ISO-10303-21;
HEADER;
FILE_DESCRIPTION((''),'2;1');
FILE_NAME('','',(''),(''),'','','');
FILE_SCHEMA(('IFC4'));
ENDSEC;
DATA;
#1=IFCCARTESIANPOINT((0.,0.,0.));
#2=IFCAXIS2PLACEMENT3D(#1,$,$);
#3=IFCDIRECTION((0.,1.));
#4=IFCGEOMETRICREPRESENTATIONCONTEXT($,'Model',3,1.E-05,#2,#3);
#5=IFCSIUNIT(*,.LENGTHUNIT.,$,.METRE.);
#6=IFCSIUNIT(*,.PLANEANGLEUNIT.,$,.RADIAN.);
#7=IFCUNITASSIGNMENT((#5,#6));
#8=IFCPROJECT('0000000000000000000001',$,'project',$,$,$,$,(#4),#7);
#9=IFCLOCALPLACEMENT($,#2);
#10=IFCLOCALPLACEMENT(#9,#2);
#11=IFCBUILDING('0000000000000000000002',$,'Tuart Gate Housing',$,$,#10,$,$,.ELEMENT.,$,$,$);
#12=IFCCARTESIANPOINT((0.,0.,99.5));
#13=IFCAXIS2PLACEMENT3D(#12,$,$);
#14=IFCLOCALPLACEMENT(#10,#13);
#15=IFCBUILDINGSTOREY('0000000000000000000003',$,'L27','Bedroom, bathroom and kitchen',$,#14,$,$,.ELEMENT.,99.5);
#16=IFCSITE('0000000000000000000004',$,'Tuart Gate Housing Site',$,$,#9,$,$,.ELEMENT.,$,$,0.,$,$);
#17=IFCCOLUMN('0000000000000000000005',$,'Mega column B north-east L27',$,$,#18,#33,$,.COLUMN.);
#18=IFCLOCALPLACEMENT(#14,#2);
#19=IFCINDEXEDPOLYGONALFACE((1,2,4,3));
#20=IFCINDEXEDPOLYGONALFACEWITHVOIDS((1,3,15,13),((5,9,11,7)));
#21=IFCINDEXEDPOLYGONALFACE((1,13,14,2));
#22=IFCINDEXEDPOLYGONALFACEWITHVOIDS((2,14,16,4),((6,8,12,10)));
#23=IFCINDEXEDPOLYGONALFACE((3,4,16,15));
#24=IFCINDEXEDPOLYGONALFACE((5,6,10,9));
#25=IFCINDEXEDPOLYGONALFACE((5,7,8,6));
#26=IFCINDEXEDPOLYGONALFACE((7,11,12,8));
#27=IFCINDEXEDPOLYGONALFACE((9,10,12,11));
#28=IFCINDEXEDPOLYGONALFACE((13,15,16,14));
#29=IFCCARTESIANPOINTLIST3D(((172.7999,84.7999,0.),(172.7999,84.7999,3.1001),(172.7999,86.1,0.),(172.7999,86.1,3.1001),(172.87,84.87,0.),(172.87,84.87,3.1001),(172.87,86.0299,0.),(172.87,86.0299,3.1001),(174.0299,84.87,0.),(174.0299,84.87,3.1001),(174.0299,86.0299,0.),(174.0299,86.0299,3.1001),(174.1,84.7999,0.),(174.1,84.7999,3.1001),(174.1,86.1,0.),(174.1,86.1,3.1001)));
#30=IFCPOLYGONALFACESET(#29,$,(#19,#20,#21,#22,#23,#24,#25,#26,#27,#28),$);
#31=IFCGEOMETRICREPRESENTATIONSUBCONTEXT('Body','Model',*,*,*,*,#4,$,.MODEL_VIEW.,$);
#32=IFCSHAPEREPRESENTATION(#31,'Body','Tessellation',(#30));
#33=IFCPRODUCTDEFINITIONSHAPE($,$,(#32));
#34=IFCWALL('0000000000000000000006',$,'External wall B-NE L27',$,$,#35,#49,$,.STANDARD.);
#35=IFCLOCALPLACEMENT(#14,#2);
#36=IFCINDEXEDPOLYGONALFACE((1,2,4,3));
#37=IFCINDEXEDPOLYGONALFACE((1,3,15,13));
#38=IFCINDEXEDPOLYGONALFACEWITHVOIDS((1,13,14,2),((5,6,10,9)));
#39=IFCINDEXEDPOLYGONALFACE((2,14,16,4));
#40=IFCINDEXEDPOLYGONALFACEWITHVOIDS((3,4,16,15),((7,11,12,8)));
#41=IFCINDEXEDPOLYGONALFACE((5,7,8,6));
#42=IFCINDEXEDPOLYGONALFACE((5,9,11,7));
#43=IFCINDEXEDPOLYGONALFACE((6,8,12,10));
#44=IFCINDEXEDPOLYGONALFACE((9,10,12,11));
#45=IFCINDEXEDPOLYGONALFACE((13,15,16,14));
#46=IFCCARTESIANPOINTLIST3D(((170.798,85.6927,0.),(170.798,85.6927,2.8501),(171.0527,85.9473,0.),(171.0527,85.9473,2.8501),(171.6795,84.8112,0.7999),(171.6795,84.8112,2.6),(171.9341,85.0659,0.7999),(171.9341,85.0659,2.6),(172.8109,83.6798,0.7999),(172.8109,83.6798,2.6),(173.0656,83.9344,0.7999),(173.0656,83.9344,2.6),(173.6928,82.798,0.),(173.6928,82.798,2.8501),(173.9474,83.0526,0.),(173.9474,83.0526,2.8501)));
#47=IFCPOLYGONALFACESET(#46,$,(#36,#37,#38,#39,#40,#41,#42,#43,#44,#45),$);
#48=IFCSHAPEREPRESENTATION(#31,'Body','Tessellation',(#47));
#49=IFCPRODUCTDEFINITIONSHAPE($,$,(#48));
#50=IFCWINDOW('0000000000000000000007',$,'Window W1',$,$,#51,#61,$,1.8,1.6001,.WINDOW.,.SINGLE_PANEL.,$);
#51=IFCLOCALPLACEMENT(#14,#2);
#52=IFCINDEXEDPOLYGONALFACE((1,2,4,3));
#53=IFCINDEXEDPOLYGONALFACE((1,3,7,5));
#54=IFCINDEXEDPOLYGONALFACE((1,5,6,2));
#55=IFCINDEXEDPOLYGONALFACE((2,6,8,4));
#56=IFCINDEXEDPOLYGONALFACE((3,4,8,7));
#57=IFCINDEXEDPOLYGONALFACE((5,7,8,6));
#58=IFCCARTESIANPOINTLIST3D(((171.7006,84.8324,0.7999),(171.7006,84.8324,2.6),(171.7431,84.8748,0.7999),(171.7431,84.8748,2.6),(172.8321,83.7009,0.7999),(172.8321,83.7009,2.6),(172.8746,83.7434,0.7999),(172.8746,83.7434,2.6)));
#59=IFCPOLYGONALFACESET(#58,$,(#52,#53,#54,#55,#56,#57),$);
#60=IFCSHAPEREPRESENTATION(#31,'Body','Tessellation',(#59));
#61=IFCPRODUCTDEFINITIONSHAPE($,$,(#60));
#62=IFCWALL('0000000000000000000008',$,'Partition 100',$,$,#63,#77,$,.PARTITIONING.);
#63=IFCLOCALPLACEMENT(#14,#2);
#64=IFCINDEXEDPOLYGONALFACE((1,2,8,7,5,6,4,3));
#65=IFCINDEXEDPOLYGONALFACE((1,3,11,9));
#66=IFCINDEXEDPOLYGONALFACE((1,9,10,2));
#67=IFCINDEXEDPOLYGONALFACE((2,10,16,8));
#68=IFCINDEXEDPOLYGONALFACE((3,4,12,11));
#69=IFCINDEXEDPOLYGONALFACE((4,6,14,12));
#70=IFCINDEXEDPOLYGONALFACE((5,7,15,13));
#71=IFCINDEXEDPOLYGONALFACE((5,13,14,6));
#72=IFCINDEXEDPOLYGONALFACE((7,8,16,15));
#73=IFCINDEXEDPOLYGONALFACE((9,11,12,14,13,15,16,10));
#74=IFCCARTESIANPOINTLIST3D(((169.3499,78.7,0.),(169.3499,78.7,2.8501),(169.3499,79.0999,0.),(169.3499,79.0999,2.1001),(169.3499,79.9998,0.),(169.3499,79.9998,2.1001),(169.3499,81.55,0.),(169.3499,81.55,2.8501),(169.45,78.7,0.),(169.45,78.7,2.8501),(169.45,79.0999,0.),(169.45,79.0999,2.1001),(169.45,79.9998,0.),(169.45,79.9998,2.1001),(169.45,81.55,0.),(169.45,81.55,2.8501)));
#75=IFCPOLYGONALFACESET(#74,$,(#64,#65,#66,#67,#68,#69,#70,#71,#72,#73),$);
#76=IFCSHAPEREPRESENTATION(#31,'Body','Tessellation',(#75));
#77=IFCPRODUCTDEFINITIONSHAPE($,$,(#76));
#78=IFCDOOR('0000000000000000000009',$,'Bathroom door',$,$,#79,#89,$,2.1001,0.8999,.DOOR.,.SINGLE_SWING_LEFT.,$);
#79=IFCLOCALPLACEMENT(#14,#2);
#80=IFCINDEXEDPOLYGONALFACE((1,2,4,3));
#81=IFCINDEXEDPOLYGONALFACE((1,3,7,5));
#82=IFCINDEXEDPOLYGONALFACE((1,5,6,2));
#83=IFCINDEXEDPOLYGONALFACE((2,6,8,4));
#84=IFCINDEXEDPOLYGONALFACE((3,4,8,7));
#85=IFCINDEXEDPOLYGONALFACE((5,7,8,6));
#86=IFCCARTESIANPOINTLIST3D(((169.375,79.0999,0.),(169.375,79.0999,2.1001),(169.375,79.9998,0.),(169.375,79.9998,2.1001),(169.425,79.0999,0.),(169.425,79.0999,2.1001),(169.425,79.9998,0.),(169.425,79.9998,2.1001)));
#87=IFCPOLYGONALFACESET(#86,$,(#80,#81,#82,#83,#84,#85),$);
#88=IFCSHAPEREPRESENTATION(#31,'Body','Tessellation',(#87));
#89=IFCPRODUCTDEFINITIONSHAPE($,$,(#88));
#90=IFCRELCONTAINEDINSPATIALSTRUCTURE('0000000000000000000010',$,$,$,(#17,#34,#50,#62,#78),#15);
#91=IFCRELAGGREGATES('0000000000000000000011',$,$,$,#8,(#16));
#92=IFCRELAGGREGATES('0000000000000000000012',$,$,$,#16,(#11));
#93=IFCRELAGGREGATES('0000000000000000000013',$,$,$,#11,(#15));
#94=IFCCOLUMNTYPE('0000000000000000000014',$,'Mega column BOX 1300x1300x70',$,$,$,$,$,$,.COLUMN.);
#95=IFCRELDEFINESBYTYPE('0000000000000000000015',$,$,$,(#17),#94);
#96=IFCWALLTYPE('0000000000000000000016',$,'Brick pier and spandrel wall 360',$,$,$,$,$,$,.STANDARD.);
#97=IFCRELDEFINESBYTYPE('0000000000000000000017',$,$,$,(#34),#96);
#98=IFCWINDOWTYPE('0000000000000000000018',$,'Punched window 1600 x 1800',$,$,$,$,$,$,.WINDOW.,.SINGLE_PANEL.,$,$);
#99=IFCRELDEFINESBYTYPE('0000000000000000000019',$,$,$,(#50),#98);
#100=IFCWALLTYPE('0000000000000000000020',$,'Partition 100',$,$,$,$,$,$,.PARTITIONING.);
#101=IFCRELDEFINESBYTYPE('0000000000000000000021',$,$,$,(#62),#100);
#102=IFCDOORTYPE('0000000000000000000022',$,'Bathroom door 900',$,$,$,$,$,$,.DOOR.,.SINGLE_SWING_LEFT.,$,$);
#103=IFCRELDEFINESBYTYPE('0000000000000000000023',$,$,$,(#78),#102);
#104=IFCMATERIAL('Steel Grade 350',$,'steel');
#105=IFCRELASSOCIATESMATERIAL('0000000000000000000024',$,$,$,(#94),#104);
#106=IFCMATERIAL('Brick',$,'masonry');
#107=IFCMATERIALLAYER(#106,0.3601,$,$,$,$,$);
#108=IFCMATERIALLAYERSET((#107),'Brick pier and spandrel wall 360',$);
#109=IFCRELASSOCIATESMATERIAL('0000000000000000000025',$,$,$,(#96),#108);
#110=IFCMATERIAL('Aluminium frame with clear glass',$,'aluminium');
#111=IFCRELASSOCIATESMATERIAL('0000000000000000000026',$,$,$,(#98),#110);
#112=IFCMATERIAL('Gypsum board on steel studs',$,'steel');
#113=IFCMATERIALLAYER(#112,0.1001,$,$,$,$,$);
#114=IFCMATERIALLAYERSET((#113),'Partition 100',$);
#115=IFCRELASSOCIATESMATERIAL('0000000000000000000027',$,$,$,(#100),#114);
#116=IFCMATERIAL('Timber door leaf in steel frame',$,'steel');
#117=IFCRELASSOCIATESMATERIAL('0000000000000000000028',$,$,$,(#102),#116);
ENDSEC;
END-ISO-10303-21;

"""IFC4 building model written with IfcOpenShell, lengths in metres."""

from ifc_helpers import new_model, si_unit, direction, frame, frame_2d, origin, origin_2d, place, context, subcontext, project, spatial, rectangle, hollow_rectangle, extrude, material, layer, layer_set, material_profile, profile_set, type_object, element, fill, save


model = new_model("IFC4")

# Units and contexts
model_context = context("Model", 3, precision=1e-05, world=origin(), true_north=direction((0.0, 1.0)))
body_context = subcontext(model_context, "Body", "Model", "MODEL_VIEW")
ifc_project = project(units=[si_unit("LENGTHUNIT", "METRE"), si_unit("PLANEANGLEUNIT", "RADIAN")], contexts=[model_context])

# Site, building, storey
site_placement = place(None, origin())
site = spatial("IfcSite", under=ifc_project, at=site_placement, Name="Tuart Gate Housing Site", CompositionType="ELEMENT", RefElevation=0.0)
building_placement = place(site_placement, origin())
building = spatial("IfcBuilding", under=site, at=building_placement, Name="Tuart Gate Housing", CompositionType="ELEMENT")
storey_placement = place(building_placement, frame((0.0, 0.0, 99.5)))
storey = spatial("IfcBuildingStorey", under=building, at=storey_placement, Name="L27", Description="Bedroom, bathroom and kitchen", CompositionType="ELEMENT", Elevation=99.5)

# Column
ifc_material_1 = material(Name="Steel Grade 350", Category="steel")
ifc_material_profile = material_profile(ifc_material_1, hollow_rectangle(XDim=1.3, YDim=1.3, WallThickness=0.0701, at=origin_2d()), Name="BOX 1300x1300x70")
ifc_profile_set = profile_set([ifc_material_profile], Name="Steel Grade 350")
column_type = type_object("IfcColumnType", Name="Mega column BOX 1300x1300x70", PredefinedType="COLUMN", material=ifc_profile_set)
column_placement = place(storey_placement, frame((173.45, 85.45, 0.0), z_axis=(0.0, 0.0, 1.0), x_axis=(1.0, 0.0, 0.0)))
element("IfcColumn", 1, at=column_placement, inside=storey, type_object=column_type, Name="Mega column B north-east L27", PredefinedType="COLUMN", context=body_context, shape_type="SweptSolid", body=[
    extrude(hollow_rectangle(XDim=1.3, YDim=1.3, WallThickness=0.0701, at=origin_2d()), origin(), (0.0, 0.0, 1.0), 3.1001),
])

# Wall, opening, window
ifc_material_2 = material(Name="Brick", Category="masonry")
ifc_layer_1 = layer(ifc_material_2, 0.3601)
ifc_layer_set_1 = layer_set([ifc_layer_1], Name="Brick pier and spandrel wall 360")
wall_type_1 = type_object("IfcWallType", Name="Brick pier and spandrel wall 360", PredefinedType="STANDARD", material=ifc_layer_set_1)
wall_1_placement = place(storey_placement, frame((173.8201, 82.9253, 0.0), z_axis=(0.0, 0.0, 1.0), x_axis=(-0.707107, 0.707107, 0.0)))
wall_1 = element("IfcWall", 2, at=wall_1_placement, inside=storey, type_object=wall_type_1, Name="External wall B-NE L27", PredefinedType="STANDARD", context=body_context, shape_type="SweptSolid", body=[
    extrude(rectangle(XDim=4.0938, YDim=0.3601, at=frame_2d((2.0469, 0.0))), origin(), (0.0, 0.0, 1.0), 2.8501),
])
opening_1_placement = place(wall_1_placement, frame((1.2471, 0.0, 0.8)))
opening_1 = element("IfcOpeningElement", 3, at=opening_1_placement, cuts=wall_1, PredefinedType="OPENING", context=body_context, shape_type="SweptSolid", body=[
    extrude(rectangle(XDim=1.6001, YDim=1.8, at=frame_2d((0.8, 0.8999))), frame((0.0, 0.1899, 0.0), z_axis=(0.0, -1.0, 0.0), x_axis=(1.0, 0.0, 0.0)), (0.0, 0.0, 1.0), 0.3801),
])
ifc_material_3 = material(Name="Aluminium frame with clear glass", Category="aluminium")
window_type_1 = type_object("IfcWindowType", Name="Punched window 1600 x 1800", PartitioningType="SINGLE_PANEL", PredefinedType="WINDOW", material=ifc_material_3)
window_1_placement = place(opening_1_placement, origin())
window_1 = element("IfcWindow", 4, at=window_1_placement, inside=storey, type_object=window_type_1, Name="Window W1", OverallHeight=1.8, OverallWidth=1.6001, PartitioningType="SINGLE_PANEL", PredefinedType="WINDOW", context=body_context, shape_type="SweptSolid", body=[
    extrude(rectangle(XDim=1.6001, YDim=1.8, at=frame_2d((0.8, 0.8999))), frame((0.0, 0.1501, 0.0), z_axis=(0.0, -1.0, 0.0), x_axis=(1.0, 0.0, 0.0)), (0.0, 0.0, 1.0), 0.0601),
])
fill(opening_1, window_1)

# Wall, opening, door
ifc_material_4 = material(Name="Gypsum board on steel studs", Category="steel")
ifc_layer_2 = layer(ifc_material_4, 0.1001)
ifc_layer_set_2 = layer_set([ifc_layer_2], Name="Partition 100")
wall_type_2 = type_object("IfcWallType", Name="Partition 100", PredefinedType="PARTITIONING", material=ifc_layer_set_2)
wall_2_placement = place(storey_placement, frame((169.3999, 78.7, 0.0), z_axis=(0.0, 0.0, 1.0), x_axis=(0.0, 1.0, 0.0)))
wall_2 = element("IfcWall", 5, at=wall_2_placement, inside=storey, type_object=wall_type_2, Name="Partition 100", PredefinedType="PARTITIONING", context=body_context, shape_type="SweptSolid", body=[
    extrude(rectangle(XDim=2.8501, YDim=0.1001, at=frame_2d((1.425, 0.0))), origin(), (0.0, 0.0, 1.0), 2.8501),
])
opening_2_placement = place(wall_2_placement, frame((0.3999, 0.0, 0.0)))
opening_2 = element("IfcOpeningElement", 6, at=opening_2_placement, cuts=wall_2, PredefinedType="OPENING", context=body_context, shape_type="SweptSolid", body=[
    extrude(rectangle(XDim=0.8999, YDim=2.1001, at=frame_2d((0.45, 1.05))), frame((0.0, 0.0601, 0.0), z_axis=(0.0, -1.0, 0.0), x_axis=(1.0, 0.0, 0.0)), (0.0, 0.0, 1.0), 0.1201),
])
ifc_material_5 = material(Name="Timber door leaf in steel frame", Category="steel")
door_type = type_object("IfcDoorType", Name="Bathroom door 900", OperationType="SINGLE_SWING_LEFT", PredefinedType="DOOR", material=ifc_material_5)
door_placement = place(opening_2_placement, origin())
door = element("IfcDoor", 7, at=door_placement, inside=storey, type_object=door_type, Name="Bathroom door", OperationType="SINGLE_SWING_LEFT", OverallHeight=2.1001, OverallWidth=0.8999, PredefinedType="DOOR", context=body_context, shape_type="SweptSolid", body=[
    extrude(rectangle(XDim=0.8999, YDim=2.1001, at=frame_2d((0.45, 1.05))), frame((0.0, 0.0249, 0.0), z_axis=(0.0, -1.0, 0.0), x_axis=(1.0, 0.0, 0.0)), (0.0, 0.0, 1.0), 0.05),
])
fill(opening_2, door)

save(model, "model.ifc")
